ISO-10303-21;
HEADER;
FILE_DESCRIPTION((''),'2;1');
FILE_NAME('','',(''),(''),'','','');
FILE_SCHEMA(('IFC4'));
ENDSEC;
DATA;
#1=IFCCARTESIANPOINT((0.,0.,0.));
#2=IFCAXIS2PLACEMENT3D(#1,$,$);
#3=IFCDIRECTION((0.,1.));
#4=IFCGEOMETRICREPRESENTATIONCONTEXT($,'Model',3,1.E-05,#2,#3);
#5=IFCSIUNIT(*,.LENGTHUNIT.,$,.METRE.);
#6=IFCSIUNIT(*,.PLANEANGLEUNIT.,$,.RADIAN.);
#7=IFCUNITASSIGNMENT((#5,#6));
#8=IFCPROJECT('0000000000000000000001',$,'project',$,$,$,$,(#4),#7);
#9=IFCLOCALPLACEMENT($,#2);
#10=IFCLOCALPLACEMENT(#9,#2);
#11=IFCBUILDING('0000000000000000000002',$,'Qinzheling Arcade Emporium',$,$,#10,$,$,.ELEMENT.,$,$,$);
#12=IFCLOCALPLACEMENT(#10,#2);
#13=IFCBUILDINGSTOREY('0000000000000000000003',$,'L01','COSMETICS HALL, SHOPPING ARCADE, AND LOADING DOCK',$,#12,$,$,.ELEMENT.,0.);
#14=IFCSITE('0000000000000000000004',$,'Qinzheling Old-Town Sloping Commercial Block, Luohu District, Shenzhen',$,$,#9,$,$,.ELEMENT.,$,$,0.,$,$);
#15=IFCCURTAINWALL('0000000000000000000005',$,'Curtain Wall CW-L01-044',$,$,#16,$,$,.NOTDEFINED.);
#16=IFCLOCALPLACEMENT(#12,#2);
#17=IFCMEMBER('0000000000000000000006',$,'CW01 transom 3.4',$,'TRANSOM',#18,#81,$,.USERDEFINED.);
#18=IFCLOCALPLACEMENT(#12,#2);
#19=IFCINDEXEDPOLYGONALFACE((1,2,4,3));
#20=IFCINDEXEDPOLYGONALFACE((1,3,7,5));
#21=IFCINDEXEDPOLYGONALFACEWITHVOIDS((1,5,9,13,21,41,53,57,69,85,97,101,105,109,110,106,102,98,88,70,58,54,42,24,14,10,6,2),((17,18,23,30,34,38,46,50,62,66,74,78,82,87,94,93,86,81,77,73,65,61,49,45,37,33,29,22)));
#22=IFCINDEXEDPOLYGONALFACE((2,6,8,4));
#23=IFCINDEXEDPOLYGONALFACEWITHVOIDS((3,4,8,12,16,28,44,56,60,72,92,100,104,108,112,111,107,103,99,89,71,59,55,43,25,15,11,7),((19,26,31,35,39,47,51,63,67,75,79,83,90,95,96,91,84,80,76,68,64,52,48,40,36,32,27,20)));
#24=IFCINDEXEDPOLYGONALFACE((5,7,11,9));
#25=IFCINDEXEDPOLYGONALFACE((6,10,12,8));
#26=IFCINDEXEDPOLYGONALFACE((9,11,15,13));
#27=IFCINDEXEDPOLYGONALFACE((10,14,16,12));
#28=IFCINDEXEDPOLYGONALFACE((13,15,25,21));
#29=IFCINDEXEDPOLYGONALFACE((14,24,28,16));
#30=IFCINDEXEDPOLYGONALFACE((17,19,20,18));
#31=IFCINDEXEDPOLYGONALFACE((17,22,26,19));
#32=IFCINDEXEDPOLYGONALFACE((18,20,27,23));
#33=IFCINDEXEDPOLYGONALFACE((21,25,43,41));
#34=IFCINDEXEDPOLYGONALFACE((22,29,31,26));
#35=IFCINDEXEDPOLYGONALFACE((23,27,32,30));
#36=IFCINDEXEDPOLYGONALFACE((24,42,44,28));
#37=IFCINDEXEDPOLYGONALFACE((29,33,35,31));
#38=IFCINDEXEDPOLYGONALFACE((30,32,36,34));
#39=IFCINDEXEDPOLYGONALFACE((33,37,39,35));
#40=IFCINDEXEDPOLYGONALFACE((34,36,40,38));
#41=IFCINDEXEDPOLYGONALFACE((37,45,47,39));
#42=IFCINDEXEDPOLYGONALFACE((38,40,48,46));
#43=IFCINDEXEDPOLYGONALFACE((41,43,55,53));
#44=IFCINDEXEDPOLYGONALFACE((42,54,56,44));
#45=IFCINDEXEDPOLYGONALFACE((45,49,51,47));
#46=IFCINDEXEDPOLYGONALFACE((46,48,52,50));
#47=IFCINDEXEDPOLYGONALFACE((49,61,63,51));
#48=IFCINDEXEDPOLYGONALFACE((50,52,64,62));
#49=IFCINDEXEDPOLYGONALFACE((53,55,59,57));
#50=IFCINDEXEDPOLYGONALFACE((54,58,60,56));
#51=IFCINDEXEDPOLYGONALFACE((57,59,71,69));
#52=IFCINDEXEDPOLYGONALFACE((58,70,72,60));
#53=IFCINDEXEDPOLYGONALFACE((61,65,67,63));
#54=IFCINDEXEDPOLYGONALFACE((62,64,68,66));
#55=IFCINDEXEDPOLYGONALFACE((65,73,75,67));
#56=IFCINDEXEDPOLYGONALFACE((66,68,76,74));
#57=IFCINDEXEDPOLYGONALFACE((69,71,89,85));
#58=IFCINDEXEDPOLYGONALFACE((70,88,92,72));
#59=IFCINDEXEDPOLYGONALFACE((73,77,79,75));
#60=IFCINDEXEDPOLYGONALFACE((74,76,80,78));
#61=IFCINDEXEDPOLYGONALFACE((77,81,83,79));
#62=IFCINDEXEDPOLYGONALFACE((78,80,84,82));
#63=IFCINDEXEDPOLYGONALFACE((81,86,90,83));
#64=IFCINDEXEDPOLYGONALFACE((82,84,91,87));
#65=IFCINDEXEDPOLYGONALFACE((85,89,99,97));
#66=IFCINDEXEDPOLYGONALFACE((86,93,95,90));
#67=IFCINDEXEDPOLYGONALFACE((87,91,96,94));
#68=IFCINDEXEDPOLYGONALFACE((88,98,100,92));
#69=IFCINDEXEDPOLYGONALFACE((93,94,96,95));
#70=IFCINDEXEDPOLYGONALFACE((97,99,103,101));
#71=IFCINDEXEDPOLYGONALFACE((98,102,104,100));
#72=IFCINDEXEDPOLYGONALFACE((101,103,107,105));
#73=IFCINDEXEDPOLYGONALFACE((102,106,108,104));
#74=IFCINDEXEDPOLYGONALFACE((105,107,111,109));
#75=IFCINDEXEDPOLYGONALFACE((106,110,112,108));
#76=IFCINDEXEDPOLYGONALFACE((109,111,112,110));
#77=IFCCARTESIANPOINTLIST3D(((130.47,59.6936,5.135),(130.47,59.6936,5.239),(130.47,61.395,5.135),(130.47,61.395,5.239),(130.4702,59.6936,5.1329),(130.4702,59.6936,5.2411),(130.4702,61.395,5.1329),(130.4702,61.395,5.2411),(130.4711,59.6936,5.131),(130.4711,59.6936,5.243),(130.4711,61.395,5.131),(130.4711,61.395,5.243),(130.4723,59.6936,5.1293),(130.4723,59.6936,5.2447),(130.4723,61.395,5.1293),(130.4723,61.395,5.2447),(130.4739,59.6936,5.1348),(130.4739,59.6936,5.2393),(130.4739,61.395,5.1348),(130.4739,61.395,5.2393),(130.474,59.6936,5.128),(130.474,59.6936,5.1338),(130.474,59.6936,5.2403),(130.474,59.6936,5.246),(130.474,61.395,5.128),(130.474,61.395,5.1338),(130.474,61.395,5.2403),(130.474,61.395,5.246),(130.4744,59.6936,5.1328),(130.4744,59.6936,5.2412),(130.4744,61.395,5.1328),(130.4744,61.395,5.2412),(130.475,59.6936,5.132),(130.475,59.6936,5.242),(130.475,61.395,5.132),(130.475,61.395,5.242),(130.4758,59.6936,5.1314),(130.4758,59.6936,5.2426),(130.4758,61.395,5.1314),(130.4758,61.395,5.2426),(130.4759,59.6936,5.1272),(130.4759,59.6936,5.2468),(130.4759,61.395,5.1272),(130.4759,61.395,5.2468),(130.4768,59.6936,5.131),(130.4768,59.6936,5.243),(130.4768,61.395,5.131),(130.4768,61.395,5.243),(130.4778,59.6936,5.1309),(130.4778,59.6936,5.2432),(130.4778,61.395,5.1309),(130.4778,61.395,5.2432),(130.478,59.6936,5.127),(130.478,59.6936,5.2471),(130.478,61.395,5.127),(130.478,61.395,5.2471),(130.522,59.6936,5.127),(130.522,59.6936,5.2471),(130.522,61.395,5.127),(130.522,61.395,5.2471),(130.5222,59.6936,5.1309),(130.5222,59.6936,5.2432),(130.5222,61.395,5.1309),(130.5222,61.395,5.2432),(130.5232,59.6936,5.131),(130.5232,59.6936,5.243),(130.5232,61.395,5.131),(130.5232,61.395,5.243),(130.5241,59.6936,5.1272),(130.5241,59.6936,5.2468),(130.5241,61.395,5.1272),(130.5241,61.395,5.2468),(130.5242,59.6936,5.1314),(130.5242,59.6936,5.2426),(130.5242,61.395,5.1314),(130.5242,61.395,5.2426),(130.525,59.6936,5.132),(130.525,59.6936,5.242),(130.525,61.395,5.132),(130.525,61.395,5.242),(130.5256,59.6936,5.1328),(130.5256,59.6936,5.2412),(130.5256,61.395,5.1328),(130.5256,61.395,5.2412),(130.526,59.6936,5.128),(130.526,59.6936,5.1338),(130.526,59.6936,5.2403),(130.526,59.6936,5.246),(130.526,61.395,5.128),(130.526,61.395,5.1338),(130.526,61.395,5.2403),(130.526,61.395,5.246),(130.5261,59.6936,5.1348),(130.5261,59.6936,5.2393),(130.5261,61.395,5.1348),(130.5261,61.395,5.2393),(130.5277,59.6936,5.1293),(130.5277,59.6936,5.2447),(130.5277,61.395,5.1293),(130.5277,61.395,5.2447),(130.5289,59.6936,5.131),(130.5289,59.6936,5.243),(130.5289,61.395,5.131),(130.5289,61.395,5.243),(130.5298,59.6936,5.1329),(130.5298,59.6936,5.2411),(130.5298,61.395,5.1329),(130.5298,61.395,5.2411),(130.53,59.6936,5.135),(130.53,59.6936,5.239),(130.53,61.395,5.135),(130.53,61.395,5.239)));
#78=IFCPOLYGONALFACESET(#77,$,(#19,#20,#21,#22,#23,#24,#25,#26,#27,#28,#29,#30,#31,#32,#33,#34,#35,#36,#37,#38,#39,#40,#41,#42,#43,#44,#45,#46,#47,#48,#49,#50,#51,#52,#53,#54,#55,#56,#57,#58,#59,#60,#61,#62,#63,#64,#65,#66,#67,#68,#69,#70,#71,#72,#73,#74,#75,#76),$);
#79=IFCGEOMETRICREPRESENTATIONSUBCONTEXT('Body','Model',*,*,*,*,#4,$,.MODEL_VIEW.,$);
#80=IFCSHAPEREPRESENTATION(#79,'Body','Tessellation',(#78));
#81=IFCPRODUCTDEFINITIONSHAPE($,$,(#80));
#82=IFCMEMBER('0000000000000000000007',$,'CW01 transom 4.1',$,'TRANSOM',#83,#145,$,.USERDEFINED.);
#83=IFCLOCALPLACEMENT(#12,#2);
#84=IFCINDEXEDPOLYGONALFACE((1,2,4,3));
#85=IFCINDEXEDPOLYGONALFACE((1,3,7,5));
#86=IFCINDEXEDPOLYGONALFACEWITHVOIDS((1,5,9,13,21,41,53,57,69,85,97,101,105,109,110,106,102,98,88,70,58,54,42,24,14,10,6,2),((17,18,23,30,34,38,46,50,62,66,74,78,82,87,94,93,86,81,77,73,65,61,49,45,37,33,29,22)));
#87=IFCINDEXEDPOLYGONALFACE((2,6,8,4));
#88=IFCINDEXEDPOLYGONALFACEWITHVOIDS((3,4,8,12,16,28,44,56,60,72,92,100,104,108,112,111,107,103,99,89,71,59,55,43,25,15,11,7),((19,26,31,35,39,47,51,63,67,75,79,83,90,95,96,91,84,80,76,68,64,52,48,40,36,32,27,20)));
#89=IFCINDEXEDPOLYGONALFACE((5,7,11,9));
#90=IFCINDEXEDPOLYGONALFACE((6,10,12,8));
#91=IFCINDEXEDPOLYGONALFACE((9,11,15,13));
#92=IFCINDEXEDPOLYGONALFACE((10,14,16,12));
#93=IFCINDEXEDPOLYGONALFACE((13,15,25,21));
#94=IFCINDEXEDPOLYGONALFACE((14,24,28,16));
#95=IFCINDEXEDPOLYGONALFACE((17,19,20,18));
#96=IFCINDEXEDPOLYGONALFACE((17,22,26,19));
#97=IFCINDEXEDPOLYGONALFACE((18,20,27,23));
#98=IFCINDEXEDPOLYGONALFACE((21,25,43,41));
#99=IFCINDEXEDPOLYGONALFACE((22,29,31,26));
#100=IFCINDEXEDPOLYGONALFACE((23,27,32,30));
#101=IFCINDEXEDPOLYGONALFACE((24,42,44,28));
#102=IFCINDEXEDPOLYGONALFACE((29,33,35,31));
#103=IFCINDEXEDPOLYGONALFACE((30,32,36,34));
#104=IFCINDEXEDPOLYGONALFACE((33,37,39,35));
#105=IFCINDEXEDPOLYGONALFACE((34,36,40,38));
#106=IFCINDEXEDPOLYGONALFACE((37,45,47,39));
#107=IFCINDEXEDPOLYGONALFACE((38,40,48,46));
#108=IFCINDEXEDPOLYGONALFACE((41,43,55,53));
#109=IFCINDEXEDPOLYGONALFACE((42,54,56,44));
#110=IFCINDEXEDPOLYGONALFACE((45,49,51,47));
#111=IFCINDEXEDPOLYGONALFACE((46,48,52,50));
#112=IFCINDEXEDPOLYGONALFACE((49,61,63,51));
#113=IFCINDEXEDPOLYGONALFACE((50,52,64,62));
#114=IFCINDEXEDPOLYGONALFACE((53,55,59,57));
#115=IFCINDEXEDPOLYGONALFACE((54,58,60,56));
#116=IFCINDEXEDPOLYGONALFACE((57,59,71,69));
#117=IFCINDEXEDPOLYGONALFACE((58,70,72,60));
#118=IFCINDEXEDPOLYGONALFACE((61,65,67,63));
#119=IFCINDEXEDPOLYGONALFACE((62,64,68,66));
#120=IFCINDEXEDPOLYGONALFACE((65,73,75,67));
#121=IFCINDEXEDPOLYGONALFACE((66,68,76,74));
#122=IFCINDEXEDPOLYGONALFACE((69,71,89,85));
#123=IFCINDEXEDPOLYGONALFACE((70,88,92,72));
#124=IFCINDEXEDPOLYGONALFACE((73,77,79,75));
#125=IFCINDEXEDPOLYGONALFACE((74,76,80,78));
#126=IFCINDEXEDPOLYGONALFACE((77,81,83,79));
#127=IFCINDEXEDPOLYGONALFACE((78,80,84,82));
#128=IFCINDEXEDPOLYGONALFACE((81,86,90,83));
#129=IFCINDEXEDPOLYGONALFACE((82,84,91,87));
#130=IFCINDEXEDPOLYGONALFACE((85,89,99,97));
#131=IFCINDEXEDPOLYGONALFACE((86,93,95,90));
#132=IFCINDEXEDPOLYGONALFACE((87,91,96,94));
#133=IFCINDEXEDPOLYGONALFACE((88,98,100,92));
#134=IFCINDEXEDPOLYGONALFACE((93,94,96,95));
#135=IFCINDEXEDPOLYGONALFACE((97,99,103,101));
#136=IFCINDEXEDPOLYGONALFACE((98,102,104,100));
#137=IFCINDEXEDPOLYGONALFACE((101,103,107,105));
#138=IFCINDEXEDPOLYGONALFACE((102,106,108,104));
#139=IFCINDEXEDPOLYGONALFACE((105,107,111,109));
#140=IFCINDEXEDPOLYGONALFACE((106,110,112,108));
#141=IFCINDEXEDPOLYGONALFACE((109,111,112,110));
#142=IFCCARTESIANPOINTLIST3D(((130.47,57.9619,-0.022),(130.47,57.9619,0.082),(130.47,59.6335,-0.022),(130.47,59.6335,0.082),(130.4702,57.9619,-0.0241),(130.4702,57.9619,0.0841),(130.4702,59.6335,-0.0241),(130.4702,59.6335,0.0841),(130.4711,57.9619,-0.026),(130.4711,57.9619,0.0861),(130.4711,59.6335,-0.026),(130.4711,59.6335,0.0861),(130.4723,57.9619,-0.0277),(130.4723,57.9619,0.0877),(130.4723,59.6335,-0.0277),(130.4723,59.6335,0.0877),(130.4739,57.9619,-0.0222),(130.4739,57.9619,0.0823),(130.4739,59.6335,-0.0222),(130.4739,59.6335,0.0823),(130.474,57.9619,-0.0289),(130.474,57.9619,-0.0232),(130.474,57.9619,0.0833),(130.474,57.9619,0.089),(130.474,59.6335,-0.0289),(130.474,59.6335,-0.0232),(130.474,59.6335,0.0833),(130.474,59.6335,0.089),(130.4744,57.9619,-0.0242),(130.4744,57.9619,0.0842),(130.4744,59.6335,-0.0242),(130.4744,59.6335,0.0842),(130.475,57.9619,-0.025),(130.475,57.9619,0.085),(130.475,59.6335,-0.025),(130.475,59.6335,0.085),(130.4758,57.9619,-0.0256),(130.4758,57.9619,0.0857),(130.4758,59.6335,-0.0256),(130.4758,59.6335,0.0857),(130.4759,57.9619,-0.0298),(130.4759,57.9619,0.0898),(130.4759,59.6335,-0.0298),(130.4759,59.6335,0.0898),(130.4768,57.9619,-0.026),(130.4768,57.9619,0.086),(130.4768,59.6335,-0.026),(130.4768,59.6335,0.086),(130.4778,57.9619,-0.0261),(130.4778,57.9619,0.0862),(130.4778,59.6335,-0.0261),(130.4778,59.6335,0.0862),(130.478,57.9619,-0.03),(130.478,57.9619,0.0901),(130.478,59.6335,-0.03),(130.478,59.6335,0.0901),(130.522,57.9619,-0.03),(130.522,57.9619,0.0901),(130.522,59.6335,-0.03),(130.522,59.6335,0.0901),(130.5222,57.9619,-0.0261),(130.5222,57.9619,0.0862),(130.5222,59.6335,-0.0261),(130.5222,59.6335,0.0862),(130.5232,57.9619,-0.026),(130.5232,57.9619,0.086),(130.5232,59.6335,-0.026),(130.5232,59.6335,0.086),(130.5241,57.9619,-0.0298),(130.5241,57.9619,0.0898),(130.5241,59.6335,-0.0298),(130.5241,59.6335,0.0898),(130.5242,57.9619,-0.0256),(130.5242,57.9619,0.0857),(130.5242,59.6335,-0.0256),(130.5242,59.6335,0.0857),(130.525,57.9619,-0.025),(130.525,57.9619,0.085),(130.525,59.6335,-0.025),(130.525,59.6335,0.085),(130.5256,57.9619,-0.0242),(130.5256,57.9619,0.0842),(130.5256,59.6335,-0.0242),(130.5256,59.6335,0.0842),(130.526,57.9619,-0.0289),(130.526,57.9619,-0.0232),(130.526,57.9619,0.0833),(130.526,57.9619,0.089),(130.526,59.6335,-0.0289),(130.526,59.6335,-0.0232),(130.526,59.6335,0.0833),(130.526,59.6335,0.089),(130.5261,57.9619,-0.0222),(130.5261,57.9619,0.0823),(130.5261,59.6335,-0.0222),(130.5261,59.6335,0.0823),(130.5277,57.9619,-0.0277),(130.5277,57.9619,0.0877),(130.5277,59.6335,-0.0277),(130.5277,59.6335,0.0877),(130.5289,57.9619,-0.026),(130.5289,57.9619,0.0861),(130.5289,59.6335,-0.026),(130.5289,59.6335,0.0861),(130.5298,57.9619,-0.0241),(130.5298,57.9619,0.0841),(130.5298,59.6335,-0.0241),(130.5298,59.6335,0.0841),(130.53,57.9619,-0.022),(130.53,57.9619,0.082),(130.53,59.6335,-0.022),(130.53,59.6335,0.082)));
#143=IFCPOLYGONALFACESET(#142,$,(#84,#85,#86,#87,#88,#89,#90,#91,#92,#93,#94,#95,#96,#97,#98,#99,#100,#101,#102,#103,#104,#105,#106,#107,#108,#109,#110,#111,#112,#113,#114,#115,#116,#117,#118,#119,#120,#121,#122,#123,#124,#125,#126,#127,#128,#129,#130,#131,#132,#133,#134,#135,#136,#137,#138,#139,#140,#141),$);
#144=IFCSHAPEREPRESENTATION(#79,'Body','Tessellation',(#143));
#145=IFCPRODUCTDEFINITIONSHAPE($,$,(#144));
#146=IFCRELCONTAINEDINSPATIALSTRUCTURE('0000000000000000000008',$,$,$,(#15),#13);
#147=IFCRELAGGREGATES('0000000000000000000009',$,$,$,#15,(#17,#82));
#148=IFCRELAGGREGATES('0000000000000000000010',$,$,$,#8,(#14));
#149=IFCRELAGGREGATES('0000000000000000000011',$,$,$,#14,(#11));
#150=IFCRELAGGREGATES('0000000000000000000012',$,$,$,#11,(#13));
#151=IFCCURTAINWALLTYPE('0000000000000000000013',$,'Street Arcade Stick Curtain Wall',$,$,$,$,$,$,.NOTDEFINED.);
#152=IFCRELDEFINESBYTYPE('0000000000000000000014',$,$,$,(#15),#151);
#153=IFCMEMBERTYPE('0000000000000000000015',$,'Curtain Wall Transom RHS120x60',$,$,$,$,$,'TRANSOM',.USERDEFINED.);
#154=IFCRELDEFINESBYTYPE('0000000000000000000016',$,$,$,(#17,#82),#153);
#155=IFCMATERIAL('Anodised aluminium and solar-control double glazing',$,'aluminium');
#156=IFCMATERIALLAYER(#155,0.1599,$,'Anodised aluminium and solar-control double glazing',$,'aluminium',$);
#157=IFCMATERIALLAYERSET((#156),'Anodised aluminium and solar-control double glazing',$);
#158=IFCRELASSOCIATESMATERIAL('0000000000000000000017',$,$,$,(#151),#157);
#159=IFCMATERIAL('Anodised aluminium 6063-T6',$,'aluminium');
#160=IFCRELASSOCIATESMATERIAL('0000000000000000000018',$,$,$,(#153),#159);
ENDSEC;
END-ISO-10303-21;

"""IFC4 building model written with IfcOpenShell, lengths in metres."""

from ifc_helpers import new_model, si_unit, direction, frame, origin, origin_2d, place, context, subcontext, project, spatial, hollow_rectangle, extrude, material, layer, layer_set, material_profile, profile_set, type_object, element, aggregate, save


model = new_model("IFC4")

# Units and contexts
model_context = context("Model", 3, precision=1e-05, world=origin(), true_north=direction((0.0, 1.0)))
body_context = subcontext(model_context, "Body", "Model", "MODEL_VIEW")
ifc_project = project(units=[si_unit("LENGTHUNIT", "METRE"), si_unit("PLANEANGLEUNIT", "RADIAN")], contexts=[model_context])

# Site, building, storey
site_placement = place(None, origin())
site = spatial("IfcSite", under=ifc_project, at=site_placement, Name="Qinzheling Old-Town Sloping Commercial Block, Luohu District, Shenzhen", CompositionType="ELEMENT", RefElevation=0.0)
building_placement = place(site_placement, origin())
building = spatial("IfcBuilding", under=site, at=building_placement, Name="Qinzheling Arcade Emporium", CompositionType="ELEMENT")
storey_placement = place(building_placement, origin())
storey = spatial("IfcBuildingStorey", under=building, at=storey_placement, Name="L01", Description="COSMETICS HALL, SHOPPING ARCADE, AND LOADING DOCK", CompositionType="ELEMENT", Elevation=0.0)

# Shared definitions
ifc_material_1 = material(Name="Anodised aluminium and solar-control double glazing", Category="aluminium")
ifc_layer_1 = layer(ifc_material_1, 0.1599, Name="Anodised aluminium and solar-control double glazing", Category="aluminium")
ifc_layer_set_1 = layer_set([ifc_layer_1], Name="Anodised aluminium and solar-control double glazing")
curtain_wall_type = type_object("IfcCurtainWallType", Name="Street Arcade Stick Curtain Wall", PredefinedType="NOTDEFINED", material=ifc_layer_set_1)
ifc_material_2 = material(Name="Anodised aluminium 6063-T6", Category="aluminium")

# Curtain wall, members
curtain_wall_1_placement = place(storey_placement, origin())
curtain_wall_1 = element("IfcCurtainWall", 1, at=curtain_wall_1_placement, inside=storey, type_object=curtain_wall_type, Name="Curtain Wall CW-L01-044", PredefinedType="NOTDEFINED")
ifc_material_profile_1 = material_profile(ifc_material_2, hollow_rectangle(XDim=0.0601, YDim=0.1201, WallThickness=0.0039, InnerFilletRadius=0.0039, OuterFilletRadius=0.0081, at=origin_2d()), Name="RHS 120x60x4", Category="aluminium")
ifc_profile_set_1 = profile_set([ifc_material_profile_1], Name="Anodised aluminium 6063-T6")
member_type_1 = type_object("IfcMemberType", Name="Curtain Wall Transom RHS120x60", ElementType="TRANSOM", PredefinedType="USERDEFINED", material=ifc_profile_set_1)
member_1_placement = place(storey_placement, frame((130.5, 61.395, 5.187), z_axis=(0.0, -1.0, 0.0), x_axis=(1.0, 0.0, 0.0)))
member_1 = element("IfcMember", 2, at=member_1_placement, type_object=member_type_1, Name="CW01 transom 3.4", ObjectType="TRANSOM", PredefinedType="USERDEFINED", context=body_context, shape_type="SweptSolid", body=[
    extrude(hollow_rectangle(XDim=0.0601, YDim=0.1201, WallThickness=0.0039, InnerFilletRadius=0.0039, OuterFilletRadius=0.0081, at=origin_2d()), origin(), (0.0, 0.0, 1.0), 1.7014),
])
member_2_placement = place(storey_placement, frame((130.5, 59.6335, 0.03), z_axis=(0.0, -1.0, 0.0), x_axis=(1.0, 0.0, 0.0)))
member_2 = element("IfcMember", 3, at=member_2_placement, type_object=member_type_1, Name="CW01 transom 4.1", ObjectType="TRANSOM", PredefinedType="USERDEFINED", context=body_context, shape_type="SweptSolid", body=[
    extrude(hollow_rectangle(XDim=0.0601, YDim=0.1201, WallThickness=0.0039, InnerFilletRadius=0.0039, OuterFilletRadius=0.0081, at=origin_2d()), origin(), (0.0, 0.0, 1.0), 1.6716),
])

aggregate(curtain_wall_1, [member_1, member_2])

save(model, "model.ifc")
